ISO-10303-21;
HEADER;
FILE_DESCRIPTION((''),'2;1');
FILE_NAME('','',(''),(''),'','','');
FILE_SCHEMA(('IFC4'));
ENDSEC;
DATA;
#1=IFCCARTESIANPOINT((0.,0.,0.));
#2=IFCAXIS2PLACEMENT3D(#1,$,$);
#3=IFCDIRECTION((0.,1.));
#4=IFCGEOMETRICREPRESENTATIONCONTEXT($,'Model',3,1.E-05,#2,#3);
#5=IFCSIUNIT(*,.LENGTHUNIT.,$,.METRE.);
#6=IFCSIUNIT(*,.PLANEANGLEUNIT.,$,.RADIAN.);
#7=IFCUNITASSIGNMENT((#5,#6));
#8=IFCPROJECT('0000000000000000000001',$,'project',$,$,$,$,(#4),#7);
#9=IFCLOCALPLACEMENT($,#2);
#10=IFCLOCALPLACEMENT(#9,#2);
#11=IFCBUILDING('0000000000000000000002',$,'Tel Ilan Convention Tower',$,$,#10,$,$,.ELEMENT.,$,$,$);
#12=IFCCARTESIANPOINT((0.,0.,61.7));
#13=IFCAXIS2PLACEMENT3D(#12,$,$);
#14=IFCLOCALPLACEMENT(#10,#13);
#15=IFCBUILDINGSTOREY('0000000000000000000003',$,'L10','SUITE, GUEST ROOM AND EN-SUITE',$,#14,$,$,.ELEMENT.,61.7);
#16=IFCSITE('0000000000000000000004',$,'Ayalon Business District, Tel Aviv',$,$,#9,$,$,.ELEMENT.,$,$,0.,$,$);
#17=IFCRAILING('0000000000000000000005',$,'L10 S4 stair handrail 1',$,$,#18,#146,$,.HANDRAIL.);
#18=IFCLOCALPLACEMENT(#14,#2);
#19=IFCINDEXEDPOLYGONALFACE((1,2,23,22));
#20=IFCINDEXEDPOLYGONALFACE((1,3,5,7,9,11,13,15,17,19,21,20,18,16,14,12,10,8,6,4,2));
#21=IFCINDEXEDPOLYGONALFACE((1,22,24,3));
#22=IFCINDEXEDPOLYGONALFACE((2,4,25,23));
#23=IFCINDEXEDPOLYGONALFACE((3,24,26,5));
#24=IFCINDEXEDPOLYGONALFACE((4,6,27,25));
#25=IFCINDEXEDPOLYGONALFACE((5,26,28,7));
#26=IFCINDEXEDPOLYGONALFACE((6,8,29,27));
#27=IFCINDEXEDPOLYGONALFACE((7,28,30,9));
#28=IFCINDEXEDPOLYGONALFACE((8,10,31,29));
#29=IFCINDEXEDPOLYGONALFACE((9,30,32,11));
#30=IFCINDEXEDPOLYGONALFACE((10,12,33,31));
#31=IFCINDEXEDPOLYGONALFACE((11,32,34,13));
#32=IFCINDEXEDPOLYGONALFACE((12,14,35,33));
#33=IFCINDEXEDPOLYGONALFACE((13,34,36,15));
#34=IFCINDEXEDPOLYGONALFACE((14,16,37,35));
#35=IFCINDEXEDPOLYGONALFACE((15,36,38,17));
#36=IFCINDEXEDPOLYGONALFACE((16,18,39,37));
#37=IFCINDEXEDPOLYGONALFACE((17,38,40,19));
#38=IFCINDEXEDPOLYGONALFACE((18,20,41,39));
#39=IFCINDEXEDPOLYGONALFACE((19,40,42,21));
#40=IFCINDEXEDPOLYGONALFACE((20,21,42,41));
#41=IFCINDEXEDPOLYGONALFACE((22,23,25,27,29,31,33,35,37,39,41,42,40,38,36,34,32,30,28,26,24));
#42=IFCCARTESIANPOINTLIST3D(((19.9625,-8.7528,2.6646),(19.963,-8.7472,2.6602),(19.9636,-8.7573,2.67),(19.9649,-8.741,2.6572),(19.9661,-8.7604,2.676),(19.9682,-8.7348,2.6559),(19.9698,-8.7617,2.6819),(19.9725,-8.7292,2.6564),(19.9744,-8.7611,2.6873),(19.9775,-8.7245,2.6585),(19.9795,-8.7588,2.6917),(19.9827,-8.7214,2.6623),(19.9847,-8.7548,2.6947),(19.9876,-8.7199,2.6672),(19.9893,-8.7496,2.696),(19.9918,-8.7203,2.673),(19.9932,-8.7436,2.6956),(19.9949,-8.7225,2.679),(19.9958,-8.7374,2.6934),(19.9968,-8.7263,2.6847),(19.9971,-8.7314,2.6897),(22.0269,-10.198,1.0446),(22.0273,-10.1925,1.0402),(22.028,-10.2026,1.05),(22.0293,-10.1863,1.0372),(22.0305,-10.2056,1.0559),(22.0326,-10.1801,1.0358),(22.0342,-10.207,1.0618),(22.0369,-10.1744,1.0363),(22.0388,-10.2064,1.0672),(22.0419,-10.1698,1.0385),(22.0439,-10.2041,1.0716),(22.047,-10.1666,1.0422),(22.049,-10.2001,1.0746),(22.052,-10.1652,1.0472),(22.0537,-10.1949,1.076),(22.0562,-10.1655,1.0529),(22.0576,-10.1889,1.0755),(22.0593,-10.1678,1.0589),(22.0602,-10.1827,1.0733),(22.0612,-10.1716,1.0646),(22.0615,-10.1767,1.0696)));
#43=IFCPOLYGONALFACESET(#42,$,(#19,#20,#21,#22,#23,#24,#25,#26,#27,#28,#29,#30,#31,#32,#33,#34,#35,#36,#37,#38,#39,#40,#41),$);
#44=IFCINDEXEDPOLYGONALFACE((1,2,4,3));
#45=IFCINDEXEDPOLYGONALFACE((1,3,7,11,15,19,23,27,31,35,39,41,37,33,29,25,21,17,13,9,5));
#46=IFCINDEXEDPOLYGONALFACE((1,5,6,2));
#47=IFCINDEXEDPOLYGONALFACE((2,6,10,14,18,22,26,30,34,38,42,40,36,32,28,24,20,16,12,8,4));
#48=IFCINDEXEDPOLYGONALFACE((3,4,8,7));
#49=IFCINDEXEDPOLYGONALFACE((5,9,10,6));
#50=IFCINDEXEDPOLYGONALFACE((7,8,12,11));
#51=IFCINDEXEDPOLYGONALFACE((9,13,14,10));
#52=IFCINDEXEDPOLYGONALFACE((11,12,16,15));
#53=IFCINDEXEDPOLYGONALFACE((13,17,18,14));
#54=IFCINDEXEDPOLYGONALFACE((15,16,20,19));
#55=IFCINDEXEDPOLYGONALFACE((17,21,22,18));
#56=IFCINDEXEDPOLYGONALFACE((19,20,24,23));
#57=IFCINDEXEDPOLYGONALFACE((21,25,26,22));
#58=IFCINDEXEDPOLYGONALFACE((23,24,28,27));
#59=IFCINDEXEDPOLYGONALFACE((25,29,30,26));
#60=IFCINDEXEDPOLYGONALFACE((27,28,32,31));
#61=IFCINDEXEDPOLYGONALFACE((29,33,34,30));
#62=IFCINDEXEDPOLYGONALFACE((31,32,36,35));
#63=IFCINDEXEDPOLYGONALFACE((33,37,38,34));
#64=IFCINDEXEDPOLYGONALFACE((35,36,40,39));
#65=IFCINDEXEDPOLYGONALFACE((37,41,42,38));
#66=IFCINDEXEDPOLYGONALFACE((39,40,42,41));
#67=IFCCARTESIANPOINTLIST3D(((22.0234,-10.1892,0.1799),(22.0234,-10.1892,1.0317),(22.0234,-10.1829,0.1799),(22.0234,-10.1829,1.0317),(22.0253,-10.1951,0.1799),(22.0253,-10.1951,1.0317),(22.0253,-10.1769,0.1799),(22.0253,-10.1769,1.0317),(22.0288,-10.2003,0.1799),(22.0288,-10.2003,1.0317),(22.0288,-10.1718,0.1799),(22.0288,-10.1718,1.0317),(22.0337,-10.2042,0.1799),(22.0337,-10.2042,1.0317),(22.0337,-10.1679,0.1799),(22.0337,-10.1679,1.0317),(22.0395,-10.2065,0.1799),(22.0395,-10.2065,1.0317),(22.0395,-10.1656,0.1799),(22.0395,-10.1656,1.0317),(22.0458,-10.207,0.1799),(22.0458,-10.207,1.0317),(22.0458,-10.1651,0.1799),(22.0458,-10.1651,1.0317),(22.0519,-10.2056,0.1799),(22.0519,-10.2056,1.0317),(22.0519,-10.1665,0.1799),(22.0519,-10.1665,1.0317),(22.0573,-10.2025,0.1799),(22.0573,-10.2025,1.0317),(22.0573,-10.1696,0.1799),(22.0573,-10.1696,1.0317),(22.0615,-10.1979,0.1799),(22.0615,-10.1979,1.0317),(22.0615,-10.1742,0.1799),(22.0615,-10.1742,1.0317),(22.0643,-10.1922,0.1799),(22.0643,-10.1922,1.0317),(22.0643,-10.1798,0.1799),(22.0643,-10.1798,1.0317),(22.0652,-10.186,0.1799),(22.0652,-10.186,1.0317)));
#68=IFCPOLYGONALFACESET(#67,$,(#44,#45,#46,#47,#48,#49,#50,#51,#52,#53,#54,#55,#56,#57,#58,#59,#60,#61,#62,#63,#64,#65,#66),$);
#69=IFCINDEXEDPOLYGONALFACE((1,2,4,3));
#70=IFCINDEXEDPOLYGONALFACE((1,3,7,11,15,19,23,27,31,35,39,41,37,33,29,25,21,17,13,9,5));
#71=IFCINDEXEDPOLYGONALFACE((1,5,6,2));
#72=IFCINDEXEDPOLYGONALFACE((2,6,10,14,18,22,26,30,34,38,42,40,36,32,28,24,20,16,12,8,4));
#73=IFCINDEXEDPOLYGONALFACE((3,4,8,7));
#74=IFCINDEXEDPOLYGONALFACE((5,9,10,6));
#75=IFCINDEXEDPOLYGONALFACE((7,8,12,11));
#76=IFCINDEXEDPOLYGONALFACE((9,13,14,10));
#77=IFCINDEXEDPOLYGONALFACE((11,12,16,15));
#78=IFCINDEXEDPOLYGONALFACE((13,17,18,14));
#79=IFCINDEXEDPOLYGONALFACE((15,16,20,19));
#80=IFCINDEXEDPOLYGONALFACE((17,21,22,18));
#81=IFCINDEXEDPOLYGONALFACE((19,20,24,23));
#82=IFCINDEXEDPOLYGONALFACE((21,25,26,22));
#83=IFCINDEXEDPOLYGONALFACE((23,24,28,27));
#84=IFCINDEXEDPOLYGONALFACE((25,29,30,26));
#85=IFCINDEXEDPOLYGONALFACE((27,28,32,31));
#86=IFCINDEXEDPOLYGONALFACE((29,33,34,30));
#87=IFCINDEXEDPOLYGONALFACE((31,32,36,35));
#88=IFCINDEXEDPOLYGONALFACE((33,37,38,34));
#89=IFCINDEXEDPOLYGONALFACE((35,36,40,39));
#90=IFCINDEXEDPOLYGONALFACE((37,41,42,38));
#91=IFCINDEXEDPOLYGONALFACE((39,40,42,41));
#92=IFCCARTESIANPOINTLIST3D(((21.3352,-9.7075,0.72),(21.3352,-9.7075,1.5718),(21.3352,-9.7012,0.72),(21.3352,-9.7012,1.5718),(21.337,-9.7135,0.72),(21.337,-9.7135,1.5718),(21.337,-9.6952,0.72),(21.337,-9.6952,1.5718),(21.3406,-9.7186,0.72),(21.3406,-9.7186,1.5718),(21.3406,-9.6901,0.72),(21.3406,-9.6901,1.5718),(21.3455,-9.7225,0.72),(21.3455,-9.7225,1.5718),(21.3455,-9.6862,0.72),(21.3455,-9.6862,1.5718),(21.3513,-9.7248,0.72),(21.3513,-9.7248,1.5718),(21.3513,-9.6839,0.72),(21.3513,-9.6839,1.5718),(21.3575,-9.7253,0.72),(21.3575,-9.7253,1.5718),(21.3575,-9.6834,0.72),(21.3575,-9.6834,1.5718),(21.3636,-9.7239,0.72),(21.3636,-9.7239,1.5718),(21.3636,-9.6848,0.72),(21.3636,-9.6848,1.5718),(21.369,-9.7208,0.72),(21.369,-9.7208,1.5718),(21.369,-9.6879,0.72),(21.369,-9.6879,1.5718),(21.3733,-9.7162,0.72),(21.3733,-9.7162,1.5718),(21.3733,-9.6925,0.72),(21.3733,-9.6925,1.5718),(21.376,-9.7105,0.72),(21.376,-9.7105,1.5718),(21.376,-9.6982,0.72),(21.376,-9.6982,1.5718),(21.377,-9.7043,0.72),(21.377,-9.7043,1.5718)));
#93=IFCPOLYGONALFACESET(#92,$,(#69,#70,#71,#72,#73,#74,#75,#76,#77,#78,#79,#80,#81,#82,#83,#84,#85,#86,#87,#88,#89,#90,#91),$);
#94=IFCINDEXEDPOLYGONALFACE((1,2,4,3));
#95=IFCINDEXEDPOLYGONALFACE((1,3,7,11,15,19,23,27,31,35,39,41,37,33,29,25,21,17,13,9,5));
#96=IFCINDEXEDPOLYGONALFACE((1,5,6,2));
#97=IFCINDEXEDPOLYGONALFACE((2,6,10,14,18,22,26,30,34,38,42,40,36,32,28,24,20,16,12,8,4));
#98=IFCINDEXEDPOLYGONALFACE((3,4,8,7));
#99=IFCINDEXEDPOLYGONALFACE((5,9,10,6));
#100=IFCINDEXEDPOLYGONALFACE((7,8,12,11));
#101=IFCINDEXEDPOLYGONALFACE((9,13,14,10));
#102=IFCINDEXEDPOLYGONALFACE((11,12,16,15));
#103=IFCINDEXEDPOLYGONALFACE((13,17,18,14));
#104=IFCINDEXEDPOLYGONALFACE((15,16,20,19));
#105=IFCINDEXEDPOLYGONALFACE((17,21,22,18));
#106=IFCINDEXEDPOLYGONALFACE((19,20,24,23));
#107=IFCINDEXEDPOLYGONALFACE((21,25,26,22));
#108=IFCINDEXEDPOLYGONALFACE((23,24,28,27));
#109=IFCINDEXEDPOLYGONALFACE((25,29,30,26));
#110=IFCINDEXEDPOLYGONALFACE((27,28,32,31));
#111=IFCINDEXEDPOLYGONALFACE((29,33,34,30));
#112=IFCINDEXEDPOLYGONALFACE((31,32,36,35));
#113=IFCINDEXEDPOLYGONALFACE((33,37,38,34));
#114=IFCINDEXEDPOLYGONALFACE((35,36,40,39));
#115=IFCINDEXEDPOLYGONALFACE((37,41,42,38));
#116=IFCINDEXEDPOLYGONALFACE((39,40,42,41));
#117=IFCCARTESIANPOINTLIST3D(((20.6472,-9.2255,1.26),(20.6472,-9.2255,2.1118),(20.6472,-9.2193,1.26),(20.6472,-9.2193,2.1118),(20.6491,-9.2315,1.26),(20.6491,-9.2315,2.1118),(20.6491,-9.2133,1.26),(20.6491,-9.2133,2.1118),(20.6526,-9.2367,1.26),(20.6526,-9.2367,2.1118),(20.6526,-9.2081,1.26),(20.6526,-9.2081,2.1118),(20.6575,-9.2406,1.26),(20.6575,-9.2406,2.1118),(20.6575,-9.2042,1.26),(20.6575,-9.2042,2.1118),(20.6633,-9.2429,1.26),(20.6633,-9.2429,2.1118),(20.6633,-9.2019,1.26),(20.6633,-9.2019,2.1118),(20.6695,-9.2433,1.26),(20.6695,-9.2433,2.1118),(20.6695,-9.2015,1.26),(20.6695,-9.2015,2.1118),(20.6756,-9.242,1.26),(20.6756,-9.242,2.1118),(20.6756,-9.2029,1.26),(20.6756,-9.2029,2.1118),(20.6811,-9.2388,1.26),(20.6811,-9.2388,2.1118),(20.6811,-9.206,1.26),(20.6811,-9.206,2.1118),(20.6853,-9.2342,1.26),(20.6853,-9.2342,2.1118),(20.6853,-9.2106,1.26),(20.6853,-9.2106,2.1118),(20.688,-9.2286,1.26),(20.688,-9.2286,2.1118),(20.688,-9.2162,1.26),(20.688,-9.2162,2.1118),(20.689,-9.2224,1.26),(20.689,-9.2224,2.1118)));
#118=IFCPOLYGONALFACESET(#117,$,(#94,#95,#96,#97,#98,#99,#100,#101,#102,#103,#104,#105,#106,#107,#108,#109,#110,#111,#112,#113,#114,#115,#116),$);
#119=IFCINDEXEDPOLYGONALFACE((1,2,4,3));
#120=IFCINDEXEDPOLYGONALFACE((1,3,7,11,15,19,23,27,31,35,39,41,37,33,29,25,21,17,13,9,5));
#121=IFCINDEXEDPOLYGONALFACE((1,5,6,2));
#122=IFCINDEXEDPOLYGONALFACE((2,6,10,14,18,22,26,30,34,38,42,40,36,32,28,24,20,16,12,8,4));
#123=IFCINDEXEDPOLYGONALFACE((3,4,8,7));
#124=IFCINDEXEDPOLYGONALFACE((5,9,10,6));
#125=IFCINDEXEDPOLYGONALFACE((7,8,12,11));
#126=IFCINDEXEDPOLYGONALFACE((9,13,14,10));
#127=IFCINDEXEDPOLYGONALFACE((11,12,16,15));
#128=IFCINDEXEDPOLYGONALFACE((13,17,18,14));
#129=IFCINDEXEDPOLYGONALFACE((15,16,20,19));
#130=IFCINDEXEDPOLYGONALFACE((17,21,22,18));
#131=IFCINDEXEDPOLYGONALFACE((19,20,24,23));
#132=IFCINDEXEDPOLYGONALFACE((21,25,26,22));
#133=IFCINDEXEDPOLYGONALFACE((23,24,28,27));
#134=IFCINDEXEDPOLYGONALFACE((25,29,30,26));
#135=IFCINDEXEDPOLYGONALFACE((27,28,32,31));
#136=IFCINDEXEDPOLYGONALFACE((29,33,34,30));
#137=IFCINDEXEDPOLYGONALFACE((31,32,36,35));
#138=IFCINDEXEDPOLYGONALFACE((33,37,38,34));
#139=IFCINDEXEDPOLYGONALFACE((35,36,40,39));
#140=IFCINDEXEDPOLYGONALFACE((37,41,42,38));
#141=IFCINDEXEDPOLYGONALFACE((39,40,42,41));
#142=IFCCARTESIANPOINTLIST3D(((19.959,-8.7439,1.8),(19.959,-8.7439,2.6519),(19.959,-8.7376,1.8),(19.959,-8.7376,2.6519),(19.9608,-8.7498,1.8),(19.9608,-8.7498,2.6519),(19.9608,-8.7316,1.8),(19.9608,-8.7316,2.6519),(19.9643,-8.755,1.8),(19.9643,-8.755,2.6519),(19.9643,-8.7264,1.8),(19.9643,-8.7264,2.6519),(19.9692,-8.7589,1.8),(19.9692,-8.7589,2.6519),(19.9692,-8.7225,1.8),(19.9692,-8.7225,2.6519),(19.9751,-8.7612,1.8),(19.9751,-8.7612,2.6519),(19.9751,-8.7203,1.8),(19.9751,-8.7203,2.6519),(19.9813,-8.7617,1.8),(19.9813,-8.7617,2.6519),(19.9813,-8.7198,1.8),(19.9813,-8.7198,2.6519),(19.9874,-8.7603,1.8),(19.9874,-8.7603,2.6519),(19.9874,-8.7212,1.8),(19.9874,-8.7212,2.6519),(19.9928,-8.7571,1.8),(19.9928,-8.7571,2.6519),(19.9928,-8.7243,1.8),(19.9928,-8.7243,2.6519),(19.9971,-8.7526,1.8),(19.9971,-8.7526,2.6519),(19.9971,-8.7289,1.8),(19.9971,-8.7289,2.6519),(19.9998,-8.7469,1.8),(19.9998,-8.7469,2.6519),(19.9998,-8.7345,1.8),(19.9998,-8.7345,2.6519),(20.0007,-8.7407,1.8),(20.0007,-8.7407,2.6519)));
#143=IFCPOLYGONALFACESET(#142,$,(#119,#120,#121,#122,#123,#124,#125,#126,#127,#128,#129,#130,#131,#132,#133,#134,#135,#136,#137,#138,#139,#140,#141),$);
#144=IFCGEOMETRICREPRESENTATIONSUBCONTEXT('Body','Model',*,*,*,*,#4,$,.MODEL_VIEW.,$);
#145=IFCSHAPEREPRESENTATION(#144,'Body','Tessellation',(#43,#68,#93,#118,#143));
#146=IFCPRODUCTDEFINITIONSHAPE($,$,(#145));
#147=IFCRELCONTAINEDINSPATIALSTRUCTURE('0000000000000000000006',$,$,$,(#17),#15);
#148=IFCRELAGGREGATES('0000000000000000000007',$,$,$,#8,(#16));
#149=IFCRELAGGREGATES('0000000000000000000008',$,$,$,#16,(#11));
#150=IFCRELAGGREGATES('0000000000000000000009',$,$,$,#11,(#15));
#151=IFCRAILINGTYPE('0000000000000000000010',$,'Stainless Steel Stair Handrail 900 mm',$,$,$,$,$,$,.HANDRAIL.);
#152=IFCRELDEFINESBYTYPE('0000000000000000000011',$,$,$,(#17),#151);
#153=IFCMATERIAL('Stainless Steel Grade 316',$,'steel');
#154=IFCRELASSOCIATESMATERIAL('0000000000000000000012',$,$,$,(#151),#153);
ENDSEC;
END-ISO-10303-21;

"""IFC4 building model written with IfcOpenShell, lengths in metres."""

from ifc_helpers import new_model, si_unit, direction, frame, origin, origin_2d, place, context, subcontext, project, spatial, circle, extrude, material, type_object, element, save


model = new_model("IFC4")

# Units and contexts
model_context = context("Model", 3, precision=1e-05, world=origin(), true_north=direction((0.0, 1.0)))
body_context = subcontext(model_context, "Body", "Model", "MODEL_VIEW")
ifc_project = project(units=[si_unit("LENGTHUNIT", "METRE"), si_unit("PLANEANGLEUNIT", "RADIAN")], contexts=[model_context])

# Site, building, storey
site_placement = place(None, origin())
site = spatial("IfcSite", under=ifc_project, at=site_placement, Name="Ayalon Business District, Tel Aviv", CompositionType="ELEMENT", RefElevation=0.0)
building_placement = place(site_placement, origin())
building = spatial("IfcBuilding", under=site, at=building_placement, Name="Tel Ilan Convention Tower", CompositionType="ELEMENT")
storey_placement = place(building_placement, frame((0.0, 0.0, 61.7)))
storey = spatial("IfcBuildingStorey", under=building, at=storey_placement, Name="L10", Description="SUITE, GUEST ROOM AND EN-SUITE", CompositionType="ELEMENT", Elevation=61.7)

# Railing
ifc_material_1 = material(Name="Stainless Steel Grade 316", Category="steel")
railing_type_1 = type_object("IfcRailingType", Name="Stainless Steel Stair Handrail 900 mm", PredefinedType="HANDRAIL", material=ifc_material_1)
railing_1_placement = place(storey_placement, frame((22.0442, -10.186, 0.1799)))
element("IfcRailing", 1, at=railing_1_placement, inside=storey, type_object=railing_type_1, Name="L10 S4 stair handrail 1", PredefinedType="HANDRAIL", context=body_context, shape_type="SweptSolid", body=[
    extrude(circle(Radius=0.0239, at=origin_2d()), frame((0.0, 0.0, 0.876), z_axis=(-0.689083, 0.482423, 0.54077), x_axis=(-0.573514, -0.819196, 0.0)), (0.0, 0.0, 1.0), 2.9958),
    extrude(circle(Radius=0.021, at=origin_2d()), origin(), (0.0, 0.0, 1.0), 0.8518),
    extrude(circle(Radius=0.021, at=origin_2d()), frame((-0.6882, 0.4817, 0.54)), (0.0, 0.0, 1.0), 0.8518),
    extrude(circle(Radius=0.021, at=origin_2d()), frame((-1.3762, 0.9636, 1.0801)), (0.0, 0.0, 1.0), 0.8518),
    extrude(circle(Radius=0.021, at=origin_2d()), frame((-2.0645, 1.4453, 1.6201)), (0.0, 0.0, 1.0), 0.8518),
])

save(model, "model.ifc")
